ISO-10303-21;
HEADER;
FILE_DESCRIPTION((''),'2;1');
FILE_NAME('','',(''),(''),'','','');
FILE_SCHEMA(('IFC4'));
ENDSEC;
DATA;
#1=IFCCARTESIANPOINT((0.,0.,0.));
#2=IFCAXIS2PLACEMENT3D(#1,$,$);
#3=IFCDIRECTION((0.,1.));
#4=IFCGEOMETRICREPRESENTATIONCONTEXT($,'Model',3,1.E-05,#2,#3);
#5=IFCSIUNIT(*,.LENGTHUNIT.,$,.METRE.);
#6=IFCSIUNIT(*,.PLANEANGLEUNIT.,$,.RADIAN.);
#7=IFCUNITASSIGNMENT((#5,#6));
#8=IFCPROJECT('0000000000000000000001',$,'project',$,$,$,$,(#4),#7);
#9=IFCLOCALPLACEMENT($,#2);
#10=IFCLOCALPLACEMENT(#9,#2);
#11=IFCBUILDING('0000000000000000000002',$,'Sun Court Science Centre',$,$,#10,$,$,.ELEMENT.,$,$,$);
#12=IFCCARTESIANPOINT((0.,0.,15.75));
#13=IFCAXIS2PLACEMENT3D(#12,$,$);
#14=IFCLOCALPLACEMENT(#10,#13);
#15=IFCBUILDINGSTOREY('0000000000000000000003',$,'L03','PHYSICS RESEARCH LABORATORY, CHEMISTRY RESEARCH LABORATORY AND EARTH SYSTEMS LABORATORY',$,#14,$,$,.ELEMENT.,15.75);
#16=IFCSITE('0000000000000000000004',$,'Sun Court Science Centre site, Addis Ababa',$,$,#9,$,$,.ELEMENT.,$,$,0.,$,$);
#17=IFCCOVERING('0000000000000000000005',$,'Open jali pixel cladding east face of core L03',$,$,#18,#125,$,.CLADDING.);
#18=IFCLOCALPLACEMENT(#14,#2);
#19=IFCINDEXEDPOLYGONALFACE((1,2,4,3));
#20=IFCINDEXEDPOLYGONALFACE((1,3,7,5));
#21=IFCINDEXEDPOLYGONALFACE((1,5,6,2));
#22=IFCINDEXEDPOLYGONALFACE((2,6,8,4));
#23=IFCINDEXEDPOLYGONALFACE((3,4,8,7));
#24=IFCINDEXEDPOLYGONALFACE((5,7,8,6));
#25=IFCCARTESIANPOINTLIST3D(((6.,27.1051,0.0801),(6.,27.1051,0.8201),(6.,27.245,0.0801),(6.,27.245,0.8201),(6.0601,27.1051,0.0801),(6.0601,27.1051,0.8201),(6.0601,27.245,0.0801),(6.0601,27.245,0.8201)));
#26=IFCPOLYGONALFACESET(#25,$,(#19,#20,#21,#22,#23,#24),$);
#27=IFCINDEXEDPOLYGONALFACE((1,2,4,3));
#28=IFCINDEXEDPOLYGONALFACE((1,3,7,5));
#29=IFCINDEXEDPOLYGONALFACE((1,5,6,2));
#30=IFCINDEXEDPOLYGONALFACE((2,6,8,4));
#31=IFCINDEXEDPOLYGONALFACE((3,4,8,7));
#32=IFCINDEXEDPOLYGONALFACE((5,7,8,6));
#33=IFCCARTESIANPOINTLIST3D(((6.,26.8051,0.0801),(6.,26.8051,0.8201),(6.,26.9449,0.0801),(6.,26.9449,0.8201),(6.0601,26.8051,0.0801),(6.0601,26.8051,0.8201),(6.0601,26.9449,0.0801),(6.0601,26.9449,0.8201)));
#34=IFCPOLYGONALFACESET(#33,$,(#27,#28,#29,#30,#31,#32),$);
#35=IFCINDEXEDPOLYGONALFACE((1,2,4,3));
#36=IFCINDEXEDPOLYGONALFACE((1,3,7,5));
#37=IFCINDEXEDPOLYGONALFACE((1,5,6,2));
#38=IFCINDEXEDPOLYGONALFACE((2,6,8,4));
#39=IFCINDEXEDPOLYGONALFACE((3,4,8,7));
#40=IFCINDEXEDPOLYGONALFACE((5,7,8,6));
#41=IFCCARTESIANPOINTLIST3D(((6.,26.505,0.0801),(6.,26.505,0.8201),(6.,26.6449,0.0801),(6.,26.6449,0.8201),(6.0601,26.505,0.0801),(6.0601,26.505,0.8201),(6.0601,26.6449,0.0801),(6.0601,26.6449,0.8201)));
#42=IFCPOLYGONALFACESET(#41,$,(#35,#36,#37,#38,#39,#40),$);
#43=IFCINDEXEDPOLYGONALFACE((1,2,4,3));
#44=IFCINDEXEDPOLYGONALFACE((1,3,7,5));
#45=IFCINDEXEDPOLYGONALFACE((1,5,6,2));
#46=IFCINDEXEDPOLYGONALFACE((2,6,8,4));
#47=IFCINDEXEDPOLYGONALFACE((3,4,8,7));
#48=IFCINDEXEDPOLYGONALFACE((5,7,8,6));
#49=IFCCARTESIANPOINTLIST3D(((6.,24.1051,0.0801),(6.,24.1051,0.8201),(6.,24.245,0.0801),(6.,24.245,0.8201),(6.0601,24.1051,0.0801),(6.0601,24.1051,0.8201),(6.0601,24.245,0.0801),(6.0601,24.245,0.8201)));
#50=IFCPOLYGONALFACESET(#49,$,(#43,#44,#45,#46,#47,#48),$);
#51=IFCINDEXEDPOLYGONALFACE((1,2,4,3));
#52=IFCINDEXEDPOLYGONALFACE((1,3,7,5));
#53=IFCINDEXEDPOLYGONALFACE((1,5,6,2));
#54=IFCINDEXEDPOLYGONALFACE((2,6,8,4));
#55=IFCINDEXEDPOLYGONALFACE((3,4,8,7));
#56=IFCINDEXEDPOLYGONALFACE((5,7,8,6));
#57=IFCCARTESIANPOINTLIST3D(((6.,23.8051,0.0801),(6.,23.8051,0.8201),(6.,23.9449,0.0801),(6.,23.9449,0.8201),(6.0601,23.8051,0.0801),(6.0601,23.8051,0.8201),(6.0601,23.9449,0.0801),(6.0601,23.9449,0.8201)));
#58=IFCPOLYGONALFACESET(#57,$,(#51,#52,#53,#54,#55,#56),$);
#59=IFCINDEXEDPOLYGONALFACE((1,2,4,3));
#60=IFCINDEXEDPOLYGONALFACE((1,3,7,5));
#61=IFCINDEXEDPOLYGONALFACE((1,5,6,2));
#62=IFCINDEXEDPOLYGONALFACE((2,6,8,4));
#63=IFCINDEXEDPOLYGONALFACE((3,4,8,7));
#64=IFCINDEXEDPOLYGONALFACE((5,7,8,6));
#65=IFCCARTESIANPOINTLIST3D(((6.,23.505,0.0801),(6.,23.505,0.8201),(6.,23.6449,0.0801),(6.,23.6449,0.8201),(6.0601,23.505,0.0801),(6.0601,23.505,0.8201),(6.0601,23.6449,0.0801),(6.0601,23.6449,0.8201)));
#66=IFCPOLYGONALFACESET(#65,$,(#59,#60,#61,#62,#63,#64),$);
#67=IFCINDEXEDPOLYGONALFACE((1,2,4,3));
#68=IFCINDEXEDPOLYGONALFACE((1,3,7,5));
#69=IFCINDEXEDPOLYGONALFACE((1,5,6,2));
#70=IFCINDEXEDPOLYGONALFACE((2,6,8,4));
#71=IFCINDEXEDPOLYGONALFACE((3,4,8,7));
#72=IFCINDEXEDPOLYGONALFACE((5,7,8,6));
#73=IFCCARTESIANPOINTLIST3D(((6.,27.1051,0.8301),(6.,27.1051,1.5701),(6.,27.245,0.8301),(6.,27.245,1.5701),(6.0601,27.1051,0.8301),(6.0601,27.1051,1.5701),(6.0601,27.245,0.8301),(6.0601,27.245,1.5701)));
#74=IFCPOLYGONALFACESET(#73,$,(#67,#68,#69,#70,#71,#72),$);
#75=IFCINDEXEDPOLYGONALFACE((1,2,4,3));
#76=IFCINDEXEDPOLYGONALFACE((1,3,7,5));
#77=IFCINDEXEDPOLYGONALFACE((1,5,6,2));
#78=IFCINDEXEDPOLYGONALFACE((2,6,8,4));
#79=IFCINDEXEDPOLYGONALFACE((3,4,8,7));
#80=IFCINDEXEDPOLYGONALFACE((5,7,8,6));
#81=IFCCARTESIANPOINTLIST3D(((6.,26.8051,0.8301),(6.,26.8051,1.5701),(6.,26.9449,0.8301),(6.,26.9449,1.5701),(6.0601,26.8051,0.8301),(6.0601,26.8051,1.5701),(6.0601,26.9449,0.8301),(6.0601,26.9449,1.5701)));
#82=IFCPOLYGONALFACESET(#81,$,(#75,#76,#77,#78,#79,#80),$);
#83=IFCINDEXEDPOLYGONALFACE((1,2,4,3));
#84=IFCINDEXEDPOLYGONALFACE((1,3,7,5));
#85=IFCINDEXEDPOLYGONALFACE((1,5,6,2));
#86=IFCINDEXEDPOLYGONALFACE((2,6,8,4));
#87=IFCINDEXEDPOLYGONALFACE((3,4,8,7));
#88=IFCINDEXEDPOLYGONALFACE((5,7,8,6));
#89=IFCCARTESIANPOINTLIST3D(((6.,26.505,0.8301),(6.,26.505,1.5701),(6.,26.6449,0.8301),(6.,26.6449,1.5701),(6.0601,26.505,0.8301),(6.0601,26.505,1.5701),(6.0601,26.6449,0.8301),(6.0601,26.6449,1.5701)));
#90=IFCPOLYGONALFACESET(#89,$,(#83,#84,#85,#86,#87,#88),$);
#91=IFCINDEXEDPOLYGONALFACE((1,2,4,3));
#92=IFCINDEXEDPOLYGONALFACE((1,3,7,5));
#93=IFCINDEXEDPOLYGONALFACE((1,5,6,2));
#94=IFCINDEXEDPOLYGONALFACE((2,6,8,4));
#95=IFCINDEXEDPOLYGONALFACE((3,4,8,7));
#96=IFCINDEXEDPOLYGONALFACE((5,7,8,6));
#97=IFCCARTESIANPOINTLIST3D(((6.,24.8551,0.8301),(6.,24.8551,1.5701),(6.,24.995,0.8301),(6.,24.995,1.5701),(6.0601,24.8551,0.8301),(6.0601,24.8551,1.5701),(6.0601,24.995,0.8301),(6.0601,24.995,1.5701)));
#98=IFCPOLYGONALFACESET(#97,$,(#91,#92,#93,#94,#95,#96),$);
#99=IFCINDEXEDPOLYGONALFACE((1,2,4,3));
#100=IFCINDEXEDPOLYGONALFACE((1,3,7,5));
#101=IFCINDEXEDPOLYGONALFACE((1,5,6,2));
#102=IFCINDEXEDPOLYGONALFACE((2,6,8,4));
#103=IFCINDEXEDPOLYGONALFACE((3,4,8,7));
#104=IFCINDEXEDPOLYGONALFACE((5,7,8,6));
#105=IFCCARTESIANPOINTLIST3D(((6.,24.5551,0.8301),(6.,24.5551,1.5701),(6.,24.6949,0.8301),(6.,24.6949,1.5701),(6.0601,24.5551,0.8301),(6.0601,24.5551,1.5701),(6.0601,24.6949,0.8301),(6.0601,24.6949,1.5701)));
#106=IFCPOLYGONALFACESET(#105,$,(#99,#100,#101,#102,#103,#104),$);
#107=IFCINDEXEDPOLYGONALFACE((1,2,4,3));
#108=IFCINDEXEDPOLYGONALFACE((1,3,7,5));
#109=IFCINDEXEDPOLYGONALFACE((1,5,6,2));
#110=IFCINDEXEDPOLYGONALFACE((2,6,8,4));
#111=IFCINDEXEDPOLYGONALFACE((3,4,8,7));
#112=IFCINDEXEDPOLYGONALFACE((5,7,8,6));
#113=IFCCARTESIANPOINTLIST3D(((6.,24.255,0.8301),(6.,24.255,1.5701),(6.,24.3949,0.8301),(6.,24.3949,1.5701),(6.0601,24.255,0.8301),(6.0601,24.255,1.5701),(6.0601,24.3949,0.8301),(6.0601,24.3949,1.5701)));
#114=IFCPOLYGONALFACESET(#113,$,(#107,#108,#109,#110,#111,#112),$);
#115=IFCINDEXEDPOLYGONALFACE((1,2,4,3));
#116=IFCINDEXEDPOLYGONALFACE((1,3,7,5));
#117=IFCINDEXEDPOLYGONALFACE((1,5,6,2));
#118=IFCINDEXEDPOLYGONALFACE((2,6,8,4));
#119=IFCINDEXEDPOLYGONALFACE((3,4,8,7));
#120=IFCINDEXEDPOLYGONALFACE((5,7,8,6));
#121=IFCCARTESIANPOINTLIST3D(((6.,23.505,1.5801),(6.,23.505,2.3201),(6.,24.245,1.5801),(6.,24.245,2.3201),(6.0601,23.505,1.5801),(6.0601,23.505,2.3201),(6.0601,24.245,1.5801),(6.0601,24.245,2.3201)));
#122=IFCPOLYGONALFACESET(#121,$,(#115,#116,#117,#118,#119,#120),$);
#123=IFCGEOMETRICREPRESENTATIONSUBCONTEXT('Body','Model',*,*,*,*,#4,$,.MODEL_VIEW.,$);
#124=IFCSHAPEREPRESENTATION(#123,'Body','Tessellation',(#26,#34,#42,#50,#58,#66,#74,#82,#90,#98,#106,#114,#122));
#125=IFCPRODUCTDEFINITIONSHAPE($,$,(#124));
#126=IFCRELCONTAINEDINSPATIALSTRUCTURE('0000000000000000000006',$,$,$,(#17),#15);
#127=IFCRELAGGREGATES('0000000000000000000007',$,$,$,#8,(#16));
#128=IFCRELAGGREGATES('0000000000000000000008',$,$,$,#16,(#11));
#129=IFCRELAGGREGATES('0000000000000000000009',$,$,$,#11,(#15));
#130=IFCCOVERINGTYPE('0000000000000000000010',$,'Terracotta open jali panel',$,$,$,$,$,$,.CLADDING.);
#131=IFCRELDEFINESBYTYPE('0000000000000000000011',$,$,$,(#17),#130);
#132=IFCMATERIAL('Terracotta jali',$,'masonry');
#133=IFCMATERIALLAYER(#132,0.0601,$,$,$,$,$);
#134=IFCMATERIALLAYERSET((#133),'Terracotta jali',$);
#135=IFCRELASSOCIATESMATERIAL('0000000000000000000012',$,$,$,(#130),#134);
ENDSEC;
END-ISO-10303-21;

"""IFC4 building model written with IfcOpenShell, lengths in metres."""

from ifc_helpers import new_model, si_unit, direction, frame, origin, origin_2d, place, context, subcontext, project, spatial, rectangle, extrude, material, layer, layer_set, type_object, element, save


model = new_model("IFC4")

# Units and contexts
model_context = context("Model", 3, precision=1e-05, world=origin(), true_north=direction((0.0, 1.0)))
body_context = subcontext(model_context, "Body", "Model", "MODEL_VIEW")
ifc_project = project(units=[si_unit("LENGTHUNIT", "METRE"), si_unit("PLANEANGLEUNIT", "RADIAN")], contexts=[model_context])

# Site, building, storey
site_placement = place(None, origin())
site = spatial("IfcSite", under=ifc_project, at=site_placement, Name="Sun Court Science Centre site, Addis Ababa", CompositionType="ELEMENT", RefElevation=0.0)
building_placement = place(site_placement, origin())
building = spatial("IfcBuilding", under=site, at=building_placement, Name="Sun Court Science Centre", CompositionType="ELEMENT")
storey_placement = place(building_placement, frame((0.0, 0.0, 15.75)))
storey = spatial("IfcBuildingStorey", under=building, at=storey_placement, Name="L03", Description="PHYSICS RESEARCH LABORATORY, CHEMISTRY RESEARCH LABORATORY AND EARTH SYSTEMS LABORATORY", CompositionType="ELEMENT", Elevation=15.75)

# Covering
ifc_material_1 = material(Name="Terracotta jali", Category="masonry")
ifc_layer_1 = layer(ifc_material_1, 0.0601)
ifc_layer_set_1 = layer_set([ifc_layer_1], Name="Terracotta jali")
covering_type_1 = type_object("IfcCoveringType", Name="Terracotta open jali panel", PredefinedType="CLADDING", material=ifc_layer_set_1)
covering_1_placement = place(storey_placement, frame((0.0, 0.0, -15.75)))
element("IfcCovering", 1, at=covering_1_placement, inside=storey, type_object=covering_type_1, Name="Open jali pixel cladding east face of core L03", PredefinedType="CLADDING", context=body_context, shape_type="SweptSolid", body=[
    extrude(rectangle(XDim=0.1399, YDim=0.0601, at=origin_2d()), frame((6.03, 27.175, 15.8301), z_axis=(0.0, 0.0, 1.0), x_axis=(0.0, -1.0, 0.0)), (0.0, 0.0, 1.0), 0.74),
    extrude(rectangle(XDim=0.1399, YDim=0.0601, at=origin_2d()), frame((6.03, 26.875, 15.8301), z_axis=(0.0, 0.0, 1.0), x_axis=(0.0, -1.0, 0.0)), (0.0, 0.0, 1.0), 0.74),
    extrude(rectangle(XDim=0.1399, YDim=0.0601, at=origin_2d()), frame((6.03, 26.575, 15.8301), z_axis=(0.0, 0.0, 1.0), x_axis=(0.0, -1.0, 0.0)), (0.0, 0.0, 1.0), 0.74),
    extrude(rectangle(XDim=0.1399, YDim=0.0601, at=origin_2d()), frame((6.03, 24.175, 15.8301), z_axis=(0.0, 0.0, 1.0), x_axis=(0.0, -1.0, 0.0)), (0.0, 0.0, 1.0), 0.74),
    extrude(rectangle(XDim=0.1399, YDim=0.0601, at=origin_2d()), frame((6.03, 23.875, 15.8301), z_axis=(0.0, 0.0, 1.0), x_axis=(0.0, -1.0, 0.0)), (0.0, 0.0, 1.0), 0.74),
    extrude(rectangle(XDim=0.1399, YDim=0.0601, at=origin_2d()), frame((6.03, 23.575, 15.8301), z_axis=(0.0, 0.0, 1.0), x_axis=(0.0, -1.0, 0.0)), (0.0, 0.0, 1.0), 0.74),
    extrude(rectangle(XDim=0.1399, YDim=0.0601, at=origin_2d()), frame((6.03, 27.175, 16.5801), z_axis=(0.0, 0.0, 1.0), x_axis=(0.0, -1.0, 0.0)), (0.0, 0.0, 1.0), 0.74),
    extrude(rectangle(XDim=0.1399, YDim=0.0601, at=origin_2d()), frame((6.03, 26.875, 16.5801), z_axis=(0.0, 0.0, 1.0), x_axis=(0.0, -1.0, 0.0)), (0.0, 0.0, 1.0), 0.74),
    extrude(rectangle(XDim=0.1399, YDim=0.0601, at=origin_2d()), frame((6.03, 26.575, 16.5801), z_axis=(0.0, 0.0, 1.0), x_axis=(0.0, -1.0, 0.0)), (0.0, 0.0, 1.0), 0.74),
    extrude(rectangle(XDim=0.1399, YDim=0.0601, at=origin_2d()), frame((6.03, 24.925, 16.5801), z_axis=(0.0, 0.0, 1.0), x_axis=(0.0, -1.0, 0.0)), (0.0, 0.0, 1.0), 0.74),
    extrude(rectangle(XDim=0.1399, YDim=0.0601, at=origin_2d()), frame((6.03, 24.625, 16.5801), z_axis=(0.0, 0.0, 1.0), x_axis=(0.0, -1.0, 0.0)), (0.0, 0.0, 1.0), 0.74),
    extrude(rectangle(XDim=0.1399, YDim=0.0601, at=origin_2d()), frame((6.03, 24.325, 16.5801), z_axis=(0.0, 0.0, 1.0), x_axis=(0.0, -1.0, 0.0)), (0.0, 0.0, 1.0), 0.74),
    extrude(rectangle(XDim=0.74, YDim=0.0601, at=origin_2d()), frame((6.03, 23.875, 17.3301), z_axis=(0.0, 0.0, 1.0), x_axis=(0.0, -1.0, 0.0)), (0.0, 0.0, 1.0), 0.74),
])

save(model, "model.ifc")
